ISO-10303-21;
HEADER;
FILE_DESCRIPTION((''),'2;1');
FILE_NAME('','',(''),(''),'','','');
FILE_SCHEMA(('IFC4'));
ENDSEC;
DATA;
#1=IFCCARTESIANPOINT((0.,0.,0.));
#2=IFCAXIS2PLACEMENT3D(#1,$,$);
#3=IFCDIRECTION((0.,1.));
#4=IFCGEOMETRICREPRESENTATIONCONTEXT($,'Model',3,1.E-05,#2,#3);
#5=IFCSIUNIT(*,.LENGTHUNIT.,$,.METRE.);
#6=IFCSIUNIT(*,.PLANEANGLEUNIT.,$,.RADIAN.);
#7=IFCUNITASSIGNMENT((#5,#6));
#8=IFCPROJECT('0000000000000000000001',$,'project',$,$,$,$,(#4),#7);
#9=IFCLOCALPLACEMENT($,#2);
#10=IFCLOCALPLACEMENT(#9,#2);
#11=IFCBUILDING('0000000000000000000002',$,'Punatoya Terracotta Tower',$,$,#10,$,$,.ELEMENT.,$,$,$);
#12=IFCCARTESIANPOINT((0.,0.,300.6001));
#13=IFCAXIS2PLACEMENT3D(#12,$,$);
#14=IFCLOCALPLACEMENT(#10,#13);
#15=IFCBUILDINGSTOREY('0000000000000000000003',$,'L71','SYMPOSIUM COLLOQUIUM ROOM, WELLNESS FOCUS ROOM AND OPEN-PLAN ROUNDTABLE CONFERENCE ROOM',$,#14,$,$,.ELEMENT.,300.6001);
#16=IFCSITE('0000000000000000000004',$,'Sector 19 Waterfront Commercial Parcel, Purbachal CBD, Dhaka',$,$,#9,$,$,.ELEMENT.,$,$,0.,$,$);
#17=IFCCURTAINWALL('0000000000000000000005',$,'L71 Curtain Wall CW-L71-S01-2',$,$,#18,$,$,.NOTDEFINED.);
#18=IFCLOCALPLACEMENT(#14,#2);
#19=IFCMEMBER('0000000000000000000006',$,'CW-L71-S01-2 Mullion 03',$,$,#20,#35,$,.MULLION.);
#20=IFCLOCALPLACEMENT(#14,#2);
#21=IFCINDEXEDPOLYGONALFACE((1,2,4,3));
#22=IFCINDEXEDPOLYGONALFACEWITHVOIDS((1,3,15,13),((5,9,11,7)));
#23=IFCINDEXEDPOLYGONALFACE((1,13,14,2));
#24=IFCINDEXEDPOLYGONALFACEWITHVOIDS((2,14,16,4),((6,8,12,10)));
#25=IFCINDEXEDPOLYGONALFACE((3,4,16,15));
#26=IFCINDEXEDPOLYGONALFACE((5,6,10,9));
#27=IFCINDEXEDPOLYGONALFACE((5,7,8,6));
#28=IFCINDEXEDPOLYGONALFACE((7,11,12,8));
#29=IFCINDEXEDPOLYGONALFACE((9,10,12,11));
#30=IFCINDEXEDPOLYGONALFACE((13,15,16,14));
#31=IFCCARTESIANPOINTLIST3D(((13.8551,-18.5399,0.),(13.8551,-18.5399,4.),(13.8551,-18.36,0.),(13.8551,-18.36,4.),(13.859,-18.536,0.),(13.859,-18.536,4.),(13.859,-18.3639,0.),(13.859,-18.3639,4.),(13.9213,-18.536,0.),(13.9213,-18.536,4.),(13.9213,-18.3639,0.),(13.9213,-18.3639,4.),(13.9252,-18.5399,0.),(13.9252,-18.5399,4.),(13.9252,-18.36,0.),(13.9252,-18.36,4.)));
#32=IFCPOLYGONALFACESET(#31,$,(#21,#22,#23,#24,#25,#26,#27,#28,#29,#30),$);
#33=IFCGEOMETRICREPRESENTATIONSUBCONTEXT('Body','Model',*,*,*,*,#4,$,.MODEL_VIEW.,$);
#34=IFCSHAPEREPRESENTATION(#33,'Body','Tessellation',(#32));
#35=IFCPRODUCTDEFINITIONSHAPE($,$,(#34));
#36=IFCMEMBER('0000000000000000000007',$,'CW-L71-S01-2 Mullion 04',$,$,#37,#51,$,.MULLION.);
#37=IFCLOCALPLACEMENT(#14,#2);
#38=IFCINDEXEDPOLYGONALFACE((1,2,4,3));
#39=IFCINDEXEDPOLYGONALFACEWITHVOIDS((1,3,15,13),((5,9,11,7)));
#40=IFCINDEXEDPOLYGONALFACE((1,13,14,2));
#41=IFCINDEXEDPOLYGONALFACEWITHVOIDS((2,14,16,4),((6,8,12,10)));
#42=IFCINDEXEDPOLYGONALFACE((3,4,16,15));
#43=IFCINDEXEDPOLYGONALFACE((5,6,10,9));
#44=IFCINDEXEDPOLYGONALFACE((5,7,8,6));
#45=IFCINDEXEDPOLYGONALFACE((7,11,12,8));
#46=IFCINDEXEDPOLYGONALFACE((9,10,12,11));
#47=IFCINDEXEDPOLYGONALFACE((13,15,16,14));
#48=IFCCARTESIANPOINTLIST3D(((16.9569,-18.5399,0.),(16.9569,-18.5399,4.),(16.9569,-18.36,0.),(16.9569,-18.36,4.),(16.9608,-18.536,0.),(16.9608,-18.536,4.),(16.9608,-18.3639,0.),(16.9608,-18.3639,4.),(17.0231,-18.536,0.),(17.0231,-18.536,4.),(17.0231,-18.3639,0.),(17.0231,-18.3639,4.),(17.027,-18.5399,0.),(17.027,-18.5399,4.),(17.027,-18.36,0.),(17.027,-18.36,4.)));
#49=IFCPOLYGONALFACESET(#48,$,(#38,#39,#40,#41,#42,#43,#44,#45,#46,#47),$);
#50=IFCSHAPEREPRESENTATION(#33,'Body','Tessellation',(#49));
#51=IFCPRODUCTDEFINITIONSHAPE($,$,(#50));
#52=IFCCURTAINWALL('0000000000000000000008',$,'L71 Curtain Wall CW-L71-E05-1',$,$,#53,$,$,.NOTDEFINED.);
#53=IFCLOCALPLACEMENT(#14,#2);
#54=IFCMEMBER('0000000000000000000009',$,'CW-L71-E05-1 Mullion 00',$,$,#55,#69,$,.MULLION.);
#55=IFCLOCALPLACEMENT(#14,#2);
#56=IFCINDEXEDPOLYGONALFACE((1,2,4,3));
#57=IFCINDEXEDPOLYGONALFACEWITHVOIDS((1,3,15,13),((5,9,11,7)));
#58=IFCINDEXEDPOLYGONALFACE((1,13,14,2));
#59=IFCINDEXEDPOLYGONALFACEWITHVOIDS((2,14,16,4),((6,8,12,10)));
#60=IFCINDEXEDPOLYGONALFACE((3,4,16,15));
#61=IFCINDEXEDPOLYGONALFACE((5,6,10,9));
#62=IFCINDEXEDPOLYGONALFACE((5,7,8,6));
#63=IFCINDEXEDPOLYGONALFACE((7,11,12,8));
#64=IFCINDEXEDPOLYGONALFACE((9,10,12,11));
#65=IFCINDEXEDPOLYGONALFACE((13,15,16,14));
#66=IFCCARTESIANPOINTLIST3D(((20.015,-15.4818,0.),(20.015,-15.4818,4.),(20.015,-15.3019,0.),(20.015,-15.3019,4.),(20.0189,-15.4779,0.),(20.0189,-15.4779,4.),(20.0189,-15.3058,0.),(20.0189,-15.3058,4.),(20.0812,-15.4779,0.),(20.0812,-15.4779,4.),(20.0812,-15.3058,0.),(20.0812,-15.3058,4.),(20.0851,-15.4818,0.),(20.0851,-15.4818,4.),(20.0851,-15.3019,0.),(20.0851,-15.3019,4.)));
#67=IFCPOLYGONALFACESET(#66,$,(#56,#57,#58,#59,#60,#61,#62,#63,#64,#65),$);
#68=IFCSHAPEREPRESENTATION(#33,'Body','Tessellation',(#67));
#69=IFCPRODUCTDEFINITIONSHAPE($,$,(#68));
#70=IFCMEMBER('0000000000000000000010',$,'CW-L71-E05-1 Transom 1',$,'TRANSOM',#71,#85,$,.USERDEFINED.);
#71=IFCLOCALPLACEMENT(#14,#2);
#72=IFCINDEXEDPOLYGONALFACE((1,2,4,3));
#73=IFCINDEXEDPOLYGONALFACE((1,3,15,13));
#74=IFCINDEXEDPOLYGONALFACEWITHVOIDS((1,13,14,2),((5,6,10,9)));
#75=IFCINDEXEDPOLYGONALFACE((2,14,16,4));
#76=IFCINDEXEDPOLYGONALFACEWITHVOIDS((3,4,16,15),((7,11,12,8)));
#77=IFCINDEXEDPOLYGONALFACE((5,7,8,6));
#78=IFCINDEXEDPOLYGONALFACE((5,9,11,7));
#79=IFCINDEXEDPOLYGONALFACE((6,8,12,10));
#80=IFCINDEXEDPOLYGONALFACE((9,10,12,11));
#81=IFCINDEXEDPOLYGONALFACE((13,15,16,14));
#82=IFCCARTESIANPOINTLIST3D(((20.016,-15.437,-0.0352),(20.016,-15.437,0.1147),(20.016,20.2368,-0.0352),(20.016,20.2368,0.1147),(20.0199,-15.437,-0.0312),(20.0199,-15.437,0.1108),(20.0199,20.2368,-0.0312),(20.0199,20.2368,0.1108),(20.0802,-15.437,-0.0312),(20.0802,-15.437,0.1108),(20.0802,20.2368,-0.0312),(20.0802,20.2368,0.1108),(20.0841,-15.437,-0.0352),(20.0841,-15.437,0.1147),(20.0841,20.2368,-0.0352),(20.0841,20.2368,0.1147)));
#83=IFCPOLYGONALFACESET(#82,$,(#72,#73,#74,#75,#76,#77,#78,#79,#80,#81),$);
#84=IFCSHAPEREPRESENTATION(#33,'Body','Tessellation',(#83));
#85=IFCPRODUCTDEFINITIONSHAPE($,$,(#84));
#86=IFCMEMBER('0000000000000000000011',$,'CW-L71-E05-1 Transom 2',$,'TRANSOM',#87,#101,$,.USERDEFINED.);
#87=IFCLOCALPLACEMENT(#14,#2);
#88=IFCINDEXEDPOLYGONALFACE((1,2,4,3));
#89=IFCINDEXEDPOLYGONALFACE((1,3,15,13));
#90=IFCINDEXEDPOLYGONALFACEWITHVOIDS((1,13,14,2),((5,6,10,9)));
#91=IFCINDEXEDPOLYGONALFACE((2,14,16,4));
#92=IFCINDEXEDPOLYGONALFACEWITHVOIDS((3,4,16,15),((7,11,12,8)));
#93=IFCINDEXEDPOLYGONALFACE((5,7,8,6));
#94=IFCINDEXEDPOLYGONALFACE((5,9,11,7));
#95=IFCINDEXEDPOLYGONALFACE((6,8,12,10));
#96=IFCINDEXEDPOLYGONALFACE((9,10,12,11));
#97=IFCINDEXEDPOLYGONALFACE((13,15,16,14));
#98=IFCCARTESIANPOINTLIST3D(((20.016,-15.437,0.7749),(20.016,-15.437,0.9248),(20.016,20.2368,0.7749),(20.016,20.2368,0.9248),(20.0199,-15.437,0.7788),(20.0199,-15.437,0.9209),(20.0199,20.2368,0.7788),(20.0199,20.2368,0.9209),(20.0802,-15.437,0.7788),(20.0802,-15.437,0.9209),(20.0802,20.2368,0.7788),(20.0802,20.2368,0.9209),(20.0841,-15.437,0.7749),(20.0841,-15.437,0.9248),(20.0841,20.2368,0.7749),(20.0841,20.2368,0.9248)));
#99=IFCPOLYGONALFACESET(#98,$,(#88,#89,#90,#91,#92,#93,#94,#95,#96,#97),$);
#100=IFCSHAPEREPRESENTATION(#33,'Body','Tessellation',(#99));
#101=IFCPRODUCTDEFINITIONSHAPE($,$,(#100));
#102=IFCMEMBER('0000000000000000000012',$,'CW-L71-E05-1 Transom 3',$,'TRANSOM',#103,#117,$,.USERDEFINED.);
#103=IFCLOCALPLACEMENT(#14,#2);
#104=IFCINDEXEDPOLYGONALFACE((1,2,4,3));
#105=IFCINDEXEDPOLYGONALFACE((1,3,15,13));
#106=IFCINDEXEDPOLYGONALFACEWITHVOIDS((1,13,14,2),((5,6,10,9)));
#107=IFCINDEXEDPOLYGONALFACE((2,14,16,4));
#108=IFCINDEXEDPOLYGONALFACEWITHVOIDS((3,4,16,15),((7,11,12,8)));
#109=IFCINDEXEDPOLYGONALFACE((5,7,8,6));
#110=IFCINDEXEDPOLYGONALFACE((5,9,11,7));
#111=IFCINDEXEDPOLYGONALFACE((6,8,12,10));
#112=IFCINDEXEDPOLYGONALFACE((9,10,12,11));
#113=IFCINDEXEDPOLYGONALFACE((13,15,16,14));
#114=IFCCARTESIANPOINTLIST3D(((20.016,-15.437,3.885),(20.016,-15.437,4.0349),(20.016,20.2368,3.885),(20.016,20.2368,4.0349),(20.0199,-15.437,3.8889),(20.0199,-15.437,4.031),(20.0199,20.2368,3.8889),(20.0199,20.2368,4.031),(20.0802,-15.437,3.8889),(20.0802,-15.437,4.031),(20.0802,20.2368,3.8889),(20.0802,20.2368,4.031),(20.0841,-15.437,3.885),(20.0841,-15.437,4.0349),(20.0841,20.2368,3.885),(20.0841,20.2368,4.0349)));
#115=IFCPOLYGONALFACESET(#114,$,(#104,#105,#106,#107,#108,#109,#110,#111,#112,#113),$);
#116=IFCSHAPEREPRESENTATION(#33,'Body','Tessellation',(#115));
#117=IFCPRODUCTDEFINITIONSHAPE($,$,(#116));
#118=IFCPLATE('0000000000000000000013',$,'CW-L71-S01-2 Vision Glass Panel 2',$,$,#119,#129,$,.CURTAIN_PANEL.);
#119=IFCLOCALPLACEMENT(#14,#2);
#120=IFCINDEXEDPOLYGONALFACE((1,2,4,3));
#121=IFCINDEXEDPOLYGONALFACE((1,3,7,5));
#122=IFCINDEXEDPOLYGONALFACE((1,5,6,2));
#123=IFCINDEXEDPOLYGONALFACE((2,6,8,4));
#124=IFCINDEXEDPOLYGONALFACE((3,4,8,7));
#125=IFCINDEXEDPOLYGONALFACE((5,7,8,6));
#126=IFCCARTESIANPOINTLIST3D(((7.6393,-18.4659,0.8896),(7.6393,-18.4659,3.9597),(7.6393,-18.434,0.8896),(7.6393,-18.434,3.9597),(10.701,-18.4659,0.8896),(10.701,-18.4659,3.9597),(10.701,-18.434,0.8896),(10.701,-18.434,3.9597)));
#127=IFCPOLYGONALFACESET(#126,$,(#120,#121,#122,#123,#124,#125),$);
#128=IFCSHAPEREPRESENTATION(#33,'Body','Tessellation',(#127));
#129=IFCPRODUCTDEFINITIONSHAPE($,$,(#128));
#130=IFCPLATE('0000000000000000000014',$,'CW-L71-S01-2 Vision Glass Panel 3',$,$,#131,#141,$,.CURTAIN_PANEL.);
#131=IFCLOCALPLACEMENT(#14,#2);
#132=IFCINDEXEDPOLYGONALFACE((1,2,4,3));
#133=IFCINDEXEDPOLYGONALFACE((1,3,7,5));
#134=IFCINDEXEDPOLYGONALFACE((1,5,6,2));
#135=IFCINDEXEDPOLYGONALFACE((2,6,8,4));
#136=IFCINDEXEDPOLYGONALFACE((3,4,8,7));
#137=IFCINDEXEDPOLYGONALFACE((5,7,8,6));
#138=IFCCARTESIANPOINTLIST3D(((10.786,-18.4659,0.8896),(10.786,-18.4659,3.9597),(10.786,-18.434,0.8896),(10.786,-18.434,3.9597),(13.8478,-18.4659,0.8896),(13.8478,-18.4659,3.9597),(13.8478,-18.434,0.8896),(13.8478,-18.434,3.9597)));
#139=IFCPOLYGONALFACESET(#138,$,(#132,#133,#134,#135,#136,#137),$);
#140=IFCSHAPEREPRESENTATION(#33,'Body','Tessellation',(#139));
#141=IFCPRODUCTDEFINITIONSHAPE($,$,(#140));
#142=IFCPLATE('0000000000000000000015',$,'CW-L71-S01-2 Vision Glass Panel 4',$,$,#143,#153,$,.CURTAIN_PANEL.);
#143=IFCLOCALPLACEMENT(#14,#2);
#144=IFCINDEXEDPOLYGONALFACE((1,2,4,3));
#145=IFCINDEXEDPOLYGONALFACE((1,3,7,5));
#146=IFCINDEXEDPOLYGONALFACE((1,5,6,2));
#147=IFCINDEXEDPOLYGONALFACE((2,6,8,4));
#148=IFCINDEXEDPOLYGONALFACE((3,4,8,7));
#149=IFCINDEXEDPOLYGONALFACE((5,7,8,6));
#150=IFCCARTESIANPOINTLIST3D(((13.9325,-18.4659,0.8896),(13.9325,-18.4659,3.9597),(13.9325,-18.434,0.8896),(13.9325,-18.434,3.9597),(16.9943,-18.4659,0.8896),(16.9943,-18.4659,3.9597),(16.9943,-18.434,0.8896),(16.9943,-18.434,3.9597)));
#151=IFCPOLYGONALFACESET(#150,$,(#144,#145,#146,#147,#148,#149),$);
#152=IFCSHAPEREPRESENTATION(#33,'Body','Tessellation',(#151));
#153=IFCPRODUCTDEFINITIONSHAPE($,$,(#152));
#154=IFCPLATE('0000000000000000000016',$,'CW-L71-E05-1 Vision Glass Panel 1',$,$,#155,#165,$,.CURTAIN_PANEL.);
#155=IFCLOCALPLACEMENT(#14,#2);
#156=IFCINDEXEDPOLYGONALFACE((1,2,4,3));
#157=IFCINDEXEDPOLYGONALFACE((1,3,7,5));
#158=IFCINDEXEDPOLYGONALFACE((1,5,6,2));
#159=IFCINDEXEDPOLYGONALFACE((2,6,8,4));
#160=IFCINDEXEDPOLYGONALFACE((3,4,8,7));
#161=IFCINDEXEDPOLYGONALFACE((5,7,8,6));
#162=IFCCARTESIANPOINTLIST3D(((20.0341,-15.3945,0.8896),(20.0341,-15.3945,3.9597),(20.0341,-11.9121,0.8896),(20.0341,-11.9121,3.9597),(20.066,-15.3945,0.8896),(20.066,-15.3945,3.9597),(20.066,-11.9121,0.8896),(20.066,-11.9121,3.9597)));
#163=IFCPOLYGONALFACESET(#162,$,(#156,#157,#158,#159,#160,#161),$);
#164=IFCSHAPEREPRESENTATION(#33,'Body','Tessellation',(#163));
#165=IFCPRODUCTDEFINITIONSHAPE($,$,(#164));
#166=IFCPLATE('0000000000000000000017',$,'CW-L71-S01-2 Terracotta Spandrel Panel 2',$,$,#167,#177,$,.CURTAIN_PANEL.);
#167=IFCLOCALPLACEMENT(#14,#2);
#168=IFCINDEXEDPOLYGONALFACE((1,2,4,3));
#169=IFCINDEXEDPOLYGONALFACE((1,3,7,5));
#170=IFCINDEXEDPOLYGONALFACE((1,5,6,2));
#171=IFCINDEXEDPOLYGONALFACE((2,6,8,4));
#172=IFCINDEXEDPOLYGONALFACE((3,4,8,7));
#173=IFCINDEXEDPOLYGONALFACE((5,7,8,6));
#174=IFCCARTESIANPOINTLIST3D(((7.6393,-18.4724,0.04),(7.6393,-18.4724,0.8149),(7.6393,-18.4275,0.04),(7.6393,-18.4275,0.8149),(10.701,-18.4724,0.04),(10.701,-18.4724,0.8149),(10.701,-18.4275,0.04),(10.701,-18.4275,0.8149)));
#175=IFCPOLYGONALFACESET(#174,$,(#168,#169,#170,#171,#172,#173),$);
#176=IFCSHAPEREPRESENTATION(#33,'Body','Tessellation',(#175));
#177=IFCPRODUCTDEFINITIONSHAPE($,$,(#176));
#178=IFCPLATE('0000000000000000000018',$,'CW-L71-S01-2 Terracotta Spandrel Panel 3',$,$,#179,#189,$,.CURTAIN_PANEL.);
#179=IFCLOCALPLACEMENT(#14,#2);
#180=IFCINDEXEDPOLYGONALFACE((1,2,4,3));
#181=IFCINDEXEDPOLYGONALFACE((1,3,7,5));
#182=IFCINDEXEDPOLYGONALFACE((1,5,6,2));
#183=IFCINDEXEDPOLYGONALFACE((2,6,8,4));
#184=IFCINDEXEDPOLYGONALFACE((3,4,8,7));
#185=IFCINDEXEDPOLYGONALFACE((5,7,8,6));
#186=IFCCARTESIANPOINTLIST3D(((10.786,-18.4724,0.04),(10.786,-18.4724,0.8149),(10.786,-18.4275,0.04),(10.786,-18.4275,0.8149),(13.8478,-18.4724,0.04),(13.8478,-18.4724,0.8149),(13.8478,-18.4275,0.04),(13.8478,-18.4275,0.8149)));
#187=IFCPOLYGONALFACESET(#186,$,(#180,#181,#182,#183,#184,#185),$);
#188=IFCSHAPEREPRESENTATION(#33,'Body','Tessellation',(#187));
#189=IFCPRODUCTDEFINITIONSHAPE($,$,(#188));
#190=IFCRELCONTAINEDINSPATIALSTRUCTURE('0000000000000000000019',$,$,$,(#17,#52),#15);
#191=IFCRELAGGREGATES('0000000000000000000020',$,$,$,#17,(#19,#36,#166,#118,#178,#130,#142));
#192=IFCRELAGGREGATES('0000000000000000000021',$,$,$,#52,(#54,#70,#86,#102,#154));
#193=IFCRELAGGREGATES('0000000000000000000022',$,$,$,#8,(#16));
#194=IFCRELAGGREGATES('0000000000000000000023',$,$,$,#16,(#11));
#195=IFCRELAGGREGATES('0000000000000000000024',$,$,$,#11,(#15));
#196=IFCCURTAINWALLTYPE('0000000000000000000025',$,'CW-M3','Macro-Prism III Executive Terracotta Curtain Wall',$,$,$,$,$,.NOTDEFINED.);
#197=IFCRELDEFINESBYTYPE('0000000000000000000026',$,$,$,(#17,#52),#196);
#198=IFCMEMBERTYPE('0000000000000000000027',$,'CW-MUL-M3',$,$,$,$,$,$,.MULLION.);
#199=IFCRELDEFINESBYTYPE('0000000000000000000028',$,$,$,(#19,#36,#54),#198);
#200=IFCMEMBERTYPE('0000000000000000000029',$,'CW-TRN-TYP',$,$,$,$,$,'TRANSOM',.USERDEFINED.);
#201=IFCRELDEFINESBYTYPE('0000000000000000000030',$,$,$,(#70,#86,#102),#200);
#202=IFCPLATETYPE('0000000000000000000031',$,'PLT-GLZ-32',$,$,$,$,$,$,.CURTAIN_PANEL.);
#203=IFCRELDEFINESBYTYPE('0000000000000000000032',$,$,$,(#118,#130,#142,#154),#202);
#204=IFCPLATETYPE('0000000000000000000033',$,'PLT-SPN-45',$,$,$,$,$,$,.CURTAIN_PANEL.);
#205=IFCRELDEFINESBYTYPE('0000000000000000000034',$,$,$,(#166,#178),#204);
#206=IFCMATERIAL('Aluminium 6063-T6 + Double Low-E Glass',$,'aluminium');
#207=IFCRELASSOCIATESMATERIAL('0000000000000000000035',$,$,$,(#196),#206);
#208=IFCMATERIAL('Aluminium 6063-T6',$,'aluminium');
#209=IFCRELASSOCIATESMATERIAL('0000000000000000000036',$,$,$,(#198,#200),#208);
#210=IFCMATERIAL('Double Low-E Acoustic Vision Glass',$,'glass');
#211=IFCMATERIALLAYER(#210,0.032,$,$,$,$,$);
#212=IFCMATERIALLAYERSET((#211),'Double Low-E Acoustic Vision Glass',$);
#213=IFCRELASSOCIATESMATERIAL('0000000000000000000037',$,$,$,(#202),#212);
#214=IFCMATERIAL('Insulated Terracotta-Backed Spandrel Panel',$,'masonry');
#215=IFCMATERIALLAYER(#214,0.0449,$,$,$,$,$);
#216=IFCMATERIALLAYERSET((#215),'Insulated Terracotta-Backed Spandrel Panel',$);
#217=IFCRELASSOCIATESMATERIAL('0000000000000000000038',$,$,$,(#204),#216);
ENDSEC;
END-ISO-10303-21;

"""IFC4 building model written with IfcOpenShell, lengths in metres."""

from ifc_helpers import new_model, si_unit, direction, frame, origin, origin_2d, place, context, subcontext, project, spatial, rectangle, hollow_rectangle, extrude, material, layer, layer_set, material_profile, profile_set, type_object, element, aggregate, save


model = new_model("IFC4")

# Units and contexts
model_context = context("Model", 3, precision=1e-05, world=origin(), true_north=direction((0.0, 1.0)))
body_context = subcontext(model_context, "Body", "Model", "MODEL_VIEW")
ifc_project = project(units=[si_unit("LENGTHUNIT", "METRE"), si_unit("PLANEANGLEUNIT", "RADIAN")], contexts=[model_context])

# Site, building, storey
site_placement = place(None, origin())
site = spatial("IfcSite", under=ifc_project, at=site_placement, Name="Sector 19 Waterfront Commercial Parcel, Purbachal CBD, Dhaka", CompositionType="ELEMENT", RefElevation=0.0)
building_placement = place(site_placement, origin())
building = spatial("IfcBuilding", under=site, at=building_placement, Name="Punatoya Terracotta Tower", CompositionType="ELEMENT")
storey_placement = place(building_placement, frame((0.0, 0.0, 300.6001)))
storey = spatial("IfcBuildingStorey", under=building, at=storey_placement, Name="L71", Description="SYMPOSIUM COLLOQUIUM ROOM, WELLNESS FOCUS ROOM AND OPEN-PLAN ROUNDTABLE CONFERENCE ROOM", CompositionType="ELEMENT", Elevation=300.6001)

# Curtain walls, members
ifc_material_1 = material(Name="Aluminium 6063-T6 + Double Low-E Glass", Category="aluminium")
curtain_wall_type = type_object("IfcCurtainWallType", Name="CW-M3", Description="Macro-Prism III Executive Terracotta Curtain Wall", PredefinedType="NOTDEFINED", material=ifc_material_1)
curtain_wall_1_placement = place(storey_placement, origin())
curtain_wall_1 = element("IfcCurtainWall", 1, at=curtain_wall_1_placement, inside=storey, type_object=curtain_wall_type, Name="L71 Curtain Wall CW-L71-S01-2", PredefinedType="NOTDEFINED")
ifc_material_2 = material(Name="Aluminium 6063-T6", Category="aluminium")
ifc_material_profile_1 = material_profile(ifc_material_2, hollow_rectangle(XDim=0.0701, YDim=0.1799, WallThickness=0.0039, at=origin_2d()))
ifc_profile_set_1 = profile_set([ifc_material_profile_1], Name="Aluminium 6063-T6")
member_type_1 = type_object("IfcMemberType", Name="CW-MUL-M3", PredefinedType="MULLION", material=ifc_profile_set_1)
member_1_placement = place(storey_placement, frame((13.8901, -18.45, 0.0), z_axis=(0.0, 0.0, 1.0), x_axis=(1.0, 0.0, 0.0)))
member_1 = element("IfcMember", 2, at=member_1_placement, type_object=member_type_1, Name="CW-L71-S01-2 Mullion 03", PredefinedType="MULLION", context=body_context, shape_type="SweptSolid", body=[
    extrude(hollow_rectangle(XDim=0.0701, YDim=0.1799, WallThickness=0.0039, at=origin_2d()), origin(), (0.0, 0.0, 1.0), 4.0),
])
member_2_placement = place(storey_placement, frame((16.9919, -18.45, 0.0), z_axis=(0.0, 0.0, 1.0), x_axis=(1.0, 0.0, 0.0)))
member_2 = element("IfcMember", 3, at=member_2_placement, type_object=member_type_1, Name="CW-L71-S01-2 Mullion 04", PredefinedType="MULLION", context=body_context, shape_type="SweptSolid", body=[
    extrude(hollow_rectangle(XDim=0.0701, YDim=0.1799, WallThickness=0.0039, at=origin_2d()), origin(), (0.0, 0.0, 1.0), 4.0),
])
curtain_wall_2_placement = place(storey_placement, origin())
curtain_wall_2 = element("IfcCurtainWall", 4, at=curtain_wall_2_placement, inside=storey, type_object=curtain_wall_type, Name="L71 Curtain Wall CW-L71-E05-1", PredefinedType="NOTDEFINED")
member_3_placement = place(storey_placement, frame((20.05, -15.3918, 0.0), z_axis=(0.0, 0.0, 1.0), x_axis=(1.0, 0.0, 0.0)))
member_3 = element("IfcMember", 5, at=member_3_placement, type_object=member_type_1, Name="CW-L71-E05-1 Mullion 00", PredefinedType="MULLION", context=body_context, shape_type="SweptSolid", body=[
    extrude(hollow_rectangle(XDim=0.0701, YDim=0.1799, WallThickness=0.0039, at=origin_2d()), origin(), (0.0, 0.0, 1.0), 4.0),
])
ifc_material_profile_2 = material_profile(ifc_material_2, hollow_rectangle(XDim=0.0681, YDim=0.1499, WallThickness=0.0039, at=origin_2d()))
ifc_profile_set_2 = profile_set([ifc_material_profile_2], Name="Aluminium 6063-T6")
member_type_2 = type_object("IfcMemberType", Name="CW-TRN-TYP", ElementType="TRANSOM", PredefinedType="USERDEFINED", material=ifc_profile_set_2)
member_4_placement = place(storey_placement, frame((20.05, -15.437, 0.0398), z_axis=(0.0, 1.0, 0.0), x_axis=(-1.0, 0.0, 0.0)))
member_4 = element("IfcMember", 6, at=member_4_placement, type_object=member_type_2, Name="CW-L71-E05-1 Transom 1", ObjectType="TRANSOM", PredefinedType="USERDEFINED", context=body_context, shape_type="SweptSolid", body=[
    extrude(hollow_rectangle(XDim=0.0681, YDim=0.1499, WallThickness=0.0039, at=origin_2d()), origin(), (0.0, 0.0, 1.0), 35.6738),
])
member_5_placement = place(storey_placement, frame((20.05, -15.437, 0.8499), z_axis=(0.0, 1.0, 0.0), x_axis=(-1.0, 0.0, 0.0)))
member_5 = element("IfcMember", 7, at=member_5_placement, type_object=member_type_2, Name="CW-L71-E05-1 Transom 2", ObjectType="TRANSOM", PredefinedType="USERDEFINED", context=body_context, shape_type="SweptSolid", body=[
    extrude(hollow_rectangle(XDim=0.0681, YDim=0.1499, WallThickness=0.0039, at=origin_2d()), origin(), (0.0, 0.0, 1.0), 35.6738),
])
member_6_placement = place(storey_placement, frame((20.05, -15.437, 3.96), z_axis=(0.0, 1.0, 0.0), x_axis=(-1.0, 0.0, 0.0)))
member_6 = element("IfcMember", 8, at=member_6_placement, type_object=member_type_2, Name="CW-L71-E05-1 Transom 3", ObjectType="TRANSOM", PredefinedType="USERDEFINED", context=body_context, shape_type="SweptSolid", body=[
    extrude(hollow_rectangle(XDim=0.0681, YDim=0.1499, WallThickness=0.0039, at=origin_2d()), origin(), (0.0, 0.0, 1.0), 35.6738),
])

# Plates
ifc_material_3 = material(Name="Double Low-E Acoustic Vision Glass", Category="glass")
ifc_layer_1 = layer(ifc_material_3, 0.032)
ifc_layer_set_1 = layer_set([ifc_layer_1], Name="Double Low-E Acoustic Vision Glass")
plate_type_1 = type_object("IfcPlateType", Name="PLT-GLZ-32", PredefinedType="CURTAIN_PANEL", material=ifc_layer_set_1)
plate_1_placement = place(storey_placement, frame((9.1702, -18.45, 0.8896), z_axis=(0.0, 0.0, 1.0), x_axis=(1.0, 0.0, 0.0)))
plate_1 = element("IfcPlate", 9, at=plate_1_placement, type_object=plate_type_1, Name="CW-L71-S01-2 Vision Glass Panel 2", PredefinedType="CURTAIN_PANEL", context=body_context, shape_type="SweptSolid", body=[
    extrude(rectangle(XDim=3.0618, YDim=0.032, at=origin_2d()), origin(), (0.0, 0.0, 1.0), 3.0701),
])
plate_2_placement = place(storey_placement, frame((12.3169, -18.45, 0.8896), z_axis=(0.0, 0.0, 1.0), x_axis=(1.0, 0.0, 0.0)))
plate_2 = element("IfcPlate", 10, at=plate_2_placement, type_object=plate_type_1, Name="CW-L71-S01-2 Vision Glass Panel 3", PredefinedType="CURTAIN_PANEL", context=body_context, shape_type="SweptSolid", body=[
    extrude(rectangle(XDim=3.0618, YDim=0.032, at=origin_2d()), origin(), (0.0, 0.0, 1.0), 3.0701),
])
plate_3_placement = place(storey_placement, frame((15.4634, -18.45, 0.8896), z_axis=(0.0, 0.0, 1.0), x_axis=(1.0, 0.0, 0.0)))
plate_3 = element("IfcPlate", 11, at=plate_3_placement, type_object=plate_type_1, Name="CW-L71-S01-2 Vision Glass Panel 4", PredefinedType="CURTAIN_PANEL", context=body_context, shape_type="SweptSolid", body=[
    extrude(rectangle(XDim=3.0618, YDim=0.032, at=origin_2d()), origin(), (0.0, 0.0, 1.0), 3.0701),
])
plate_4_placement = place(storey_placement, frame((20.05, -13.6533, 0.8896), z_axis=(0.0, 0.0, 1.0), x_axis=(0.0, 1.0, 0.0)))
plate_4 = element("IfcPlate", 12, at=plate_4_placement, type_object=plate_type_1, Name="CW-L71-E05-1 Vision Glass Panel 1", PredefinedType="CURTAIN_PANEL", context=body_context, shape_type="SweptSolid", body=[
    extrude(rectangle(XDim=3.4824, YDim=0.032, at=origin_2d()), origin(), (0.0, 0.0, 1.0), 3.0701),
])
ifc_material_4 = material(Name="Insulated Terracotta-Backed Spandrel Panel", Category="masonry")
ifc_layer_2 = layer(ifc_material_4, 0.0449)
ifc_layer_set_2 = layer_set([ifc_layer_2], Name="Insulated Terracotta-Backed Spandrel Panel")
plate_type_2 = type_object("IfcPlateType", Name="PLT-SPN-45", PredefinedType="CURTAIN_PANEL", material=ifc_layer_set_2)
plate_5_placement = place(storey_placement, frame((9.1702, -18.45, 0.04), z_axis=(0.0, 0.0, 1.0), x_axis=(1.0, 0.0, 0.0)))
plate_5 = element("IfcPlate", 13, at=plate_5_placement, type_object=plate_type_2, Name="CW-L71-S01-2 Terracotta Spandrel Panel 2", PredefinedType="CURTAIN_PANEL", context=body_context, shape_type="SweptSolid", body=[
    extrude(rectangle(XDim=3.0618, YDim=0.0449, at=origin_2d()), origin(), (0.0, 0.0, 1.0), 0.7749),
])
plate_6_placement = place(storey_placement, frame((12.3169, -18.45, 0.04), z_axis=(0.0, 0.0, 1.0), x_axis=(1.0, 0.0, 0.0)))
plate_6 = element("IfcPlate", 14, at=plate_6_placement, type_object=plate_type_2, Name="CW-L71-S01-2 Terracotta Spandrel Panel 3", PredefinedType="CURTAIN_PANEL", context=body_context, shape_type="SweptSolid", body=[
    extrude(rectangle(XDim=3.0618, YDim=0.0449, at=origin_2d()), origin(), (0.0, 0.0, 1.0), 0.7749),
])
aggregate(curtain_wall_1, [member_1, member_2, plate_5, plate_1, plate_6, plate_2, plate_3])
aggregate(curtain_wall_2, [member_3, member_4, member_5, member_6, plate_4])

save(model, "model.ifc")
